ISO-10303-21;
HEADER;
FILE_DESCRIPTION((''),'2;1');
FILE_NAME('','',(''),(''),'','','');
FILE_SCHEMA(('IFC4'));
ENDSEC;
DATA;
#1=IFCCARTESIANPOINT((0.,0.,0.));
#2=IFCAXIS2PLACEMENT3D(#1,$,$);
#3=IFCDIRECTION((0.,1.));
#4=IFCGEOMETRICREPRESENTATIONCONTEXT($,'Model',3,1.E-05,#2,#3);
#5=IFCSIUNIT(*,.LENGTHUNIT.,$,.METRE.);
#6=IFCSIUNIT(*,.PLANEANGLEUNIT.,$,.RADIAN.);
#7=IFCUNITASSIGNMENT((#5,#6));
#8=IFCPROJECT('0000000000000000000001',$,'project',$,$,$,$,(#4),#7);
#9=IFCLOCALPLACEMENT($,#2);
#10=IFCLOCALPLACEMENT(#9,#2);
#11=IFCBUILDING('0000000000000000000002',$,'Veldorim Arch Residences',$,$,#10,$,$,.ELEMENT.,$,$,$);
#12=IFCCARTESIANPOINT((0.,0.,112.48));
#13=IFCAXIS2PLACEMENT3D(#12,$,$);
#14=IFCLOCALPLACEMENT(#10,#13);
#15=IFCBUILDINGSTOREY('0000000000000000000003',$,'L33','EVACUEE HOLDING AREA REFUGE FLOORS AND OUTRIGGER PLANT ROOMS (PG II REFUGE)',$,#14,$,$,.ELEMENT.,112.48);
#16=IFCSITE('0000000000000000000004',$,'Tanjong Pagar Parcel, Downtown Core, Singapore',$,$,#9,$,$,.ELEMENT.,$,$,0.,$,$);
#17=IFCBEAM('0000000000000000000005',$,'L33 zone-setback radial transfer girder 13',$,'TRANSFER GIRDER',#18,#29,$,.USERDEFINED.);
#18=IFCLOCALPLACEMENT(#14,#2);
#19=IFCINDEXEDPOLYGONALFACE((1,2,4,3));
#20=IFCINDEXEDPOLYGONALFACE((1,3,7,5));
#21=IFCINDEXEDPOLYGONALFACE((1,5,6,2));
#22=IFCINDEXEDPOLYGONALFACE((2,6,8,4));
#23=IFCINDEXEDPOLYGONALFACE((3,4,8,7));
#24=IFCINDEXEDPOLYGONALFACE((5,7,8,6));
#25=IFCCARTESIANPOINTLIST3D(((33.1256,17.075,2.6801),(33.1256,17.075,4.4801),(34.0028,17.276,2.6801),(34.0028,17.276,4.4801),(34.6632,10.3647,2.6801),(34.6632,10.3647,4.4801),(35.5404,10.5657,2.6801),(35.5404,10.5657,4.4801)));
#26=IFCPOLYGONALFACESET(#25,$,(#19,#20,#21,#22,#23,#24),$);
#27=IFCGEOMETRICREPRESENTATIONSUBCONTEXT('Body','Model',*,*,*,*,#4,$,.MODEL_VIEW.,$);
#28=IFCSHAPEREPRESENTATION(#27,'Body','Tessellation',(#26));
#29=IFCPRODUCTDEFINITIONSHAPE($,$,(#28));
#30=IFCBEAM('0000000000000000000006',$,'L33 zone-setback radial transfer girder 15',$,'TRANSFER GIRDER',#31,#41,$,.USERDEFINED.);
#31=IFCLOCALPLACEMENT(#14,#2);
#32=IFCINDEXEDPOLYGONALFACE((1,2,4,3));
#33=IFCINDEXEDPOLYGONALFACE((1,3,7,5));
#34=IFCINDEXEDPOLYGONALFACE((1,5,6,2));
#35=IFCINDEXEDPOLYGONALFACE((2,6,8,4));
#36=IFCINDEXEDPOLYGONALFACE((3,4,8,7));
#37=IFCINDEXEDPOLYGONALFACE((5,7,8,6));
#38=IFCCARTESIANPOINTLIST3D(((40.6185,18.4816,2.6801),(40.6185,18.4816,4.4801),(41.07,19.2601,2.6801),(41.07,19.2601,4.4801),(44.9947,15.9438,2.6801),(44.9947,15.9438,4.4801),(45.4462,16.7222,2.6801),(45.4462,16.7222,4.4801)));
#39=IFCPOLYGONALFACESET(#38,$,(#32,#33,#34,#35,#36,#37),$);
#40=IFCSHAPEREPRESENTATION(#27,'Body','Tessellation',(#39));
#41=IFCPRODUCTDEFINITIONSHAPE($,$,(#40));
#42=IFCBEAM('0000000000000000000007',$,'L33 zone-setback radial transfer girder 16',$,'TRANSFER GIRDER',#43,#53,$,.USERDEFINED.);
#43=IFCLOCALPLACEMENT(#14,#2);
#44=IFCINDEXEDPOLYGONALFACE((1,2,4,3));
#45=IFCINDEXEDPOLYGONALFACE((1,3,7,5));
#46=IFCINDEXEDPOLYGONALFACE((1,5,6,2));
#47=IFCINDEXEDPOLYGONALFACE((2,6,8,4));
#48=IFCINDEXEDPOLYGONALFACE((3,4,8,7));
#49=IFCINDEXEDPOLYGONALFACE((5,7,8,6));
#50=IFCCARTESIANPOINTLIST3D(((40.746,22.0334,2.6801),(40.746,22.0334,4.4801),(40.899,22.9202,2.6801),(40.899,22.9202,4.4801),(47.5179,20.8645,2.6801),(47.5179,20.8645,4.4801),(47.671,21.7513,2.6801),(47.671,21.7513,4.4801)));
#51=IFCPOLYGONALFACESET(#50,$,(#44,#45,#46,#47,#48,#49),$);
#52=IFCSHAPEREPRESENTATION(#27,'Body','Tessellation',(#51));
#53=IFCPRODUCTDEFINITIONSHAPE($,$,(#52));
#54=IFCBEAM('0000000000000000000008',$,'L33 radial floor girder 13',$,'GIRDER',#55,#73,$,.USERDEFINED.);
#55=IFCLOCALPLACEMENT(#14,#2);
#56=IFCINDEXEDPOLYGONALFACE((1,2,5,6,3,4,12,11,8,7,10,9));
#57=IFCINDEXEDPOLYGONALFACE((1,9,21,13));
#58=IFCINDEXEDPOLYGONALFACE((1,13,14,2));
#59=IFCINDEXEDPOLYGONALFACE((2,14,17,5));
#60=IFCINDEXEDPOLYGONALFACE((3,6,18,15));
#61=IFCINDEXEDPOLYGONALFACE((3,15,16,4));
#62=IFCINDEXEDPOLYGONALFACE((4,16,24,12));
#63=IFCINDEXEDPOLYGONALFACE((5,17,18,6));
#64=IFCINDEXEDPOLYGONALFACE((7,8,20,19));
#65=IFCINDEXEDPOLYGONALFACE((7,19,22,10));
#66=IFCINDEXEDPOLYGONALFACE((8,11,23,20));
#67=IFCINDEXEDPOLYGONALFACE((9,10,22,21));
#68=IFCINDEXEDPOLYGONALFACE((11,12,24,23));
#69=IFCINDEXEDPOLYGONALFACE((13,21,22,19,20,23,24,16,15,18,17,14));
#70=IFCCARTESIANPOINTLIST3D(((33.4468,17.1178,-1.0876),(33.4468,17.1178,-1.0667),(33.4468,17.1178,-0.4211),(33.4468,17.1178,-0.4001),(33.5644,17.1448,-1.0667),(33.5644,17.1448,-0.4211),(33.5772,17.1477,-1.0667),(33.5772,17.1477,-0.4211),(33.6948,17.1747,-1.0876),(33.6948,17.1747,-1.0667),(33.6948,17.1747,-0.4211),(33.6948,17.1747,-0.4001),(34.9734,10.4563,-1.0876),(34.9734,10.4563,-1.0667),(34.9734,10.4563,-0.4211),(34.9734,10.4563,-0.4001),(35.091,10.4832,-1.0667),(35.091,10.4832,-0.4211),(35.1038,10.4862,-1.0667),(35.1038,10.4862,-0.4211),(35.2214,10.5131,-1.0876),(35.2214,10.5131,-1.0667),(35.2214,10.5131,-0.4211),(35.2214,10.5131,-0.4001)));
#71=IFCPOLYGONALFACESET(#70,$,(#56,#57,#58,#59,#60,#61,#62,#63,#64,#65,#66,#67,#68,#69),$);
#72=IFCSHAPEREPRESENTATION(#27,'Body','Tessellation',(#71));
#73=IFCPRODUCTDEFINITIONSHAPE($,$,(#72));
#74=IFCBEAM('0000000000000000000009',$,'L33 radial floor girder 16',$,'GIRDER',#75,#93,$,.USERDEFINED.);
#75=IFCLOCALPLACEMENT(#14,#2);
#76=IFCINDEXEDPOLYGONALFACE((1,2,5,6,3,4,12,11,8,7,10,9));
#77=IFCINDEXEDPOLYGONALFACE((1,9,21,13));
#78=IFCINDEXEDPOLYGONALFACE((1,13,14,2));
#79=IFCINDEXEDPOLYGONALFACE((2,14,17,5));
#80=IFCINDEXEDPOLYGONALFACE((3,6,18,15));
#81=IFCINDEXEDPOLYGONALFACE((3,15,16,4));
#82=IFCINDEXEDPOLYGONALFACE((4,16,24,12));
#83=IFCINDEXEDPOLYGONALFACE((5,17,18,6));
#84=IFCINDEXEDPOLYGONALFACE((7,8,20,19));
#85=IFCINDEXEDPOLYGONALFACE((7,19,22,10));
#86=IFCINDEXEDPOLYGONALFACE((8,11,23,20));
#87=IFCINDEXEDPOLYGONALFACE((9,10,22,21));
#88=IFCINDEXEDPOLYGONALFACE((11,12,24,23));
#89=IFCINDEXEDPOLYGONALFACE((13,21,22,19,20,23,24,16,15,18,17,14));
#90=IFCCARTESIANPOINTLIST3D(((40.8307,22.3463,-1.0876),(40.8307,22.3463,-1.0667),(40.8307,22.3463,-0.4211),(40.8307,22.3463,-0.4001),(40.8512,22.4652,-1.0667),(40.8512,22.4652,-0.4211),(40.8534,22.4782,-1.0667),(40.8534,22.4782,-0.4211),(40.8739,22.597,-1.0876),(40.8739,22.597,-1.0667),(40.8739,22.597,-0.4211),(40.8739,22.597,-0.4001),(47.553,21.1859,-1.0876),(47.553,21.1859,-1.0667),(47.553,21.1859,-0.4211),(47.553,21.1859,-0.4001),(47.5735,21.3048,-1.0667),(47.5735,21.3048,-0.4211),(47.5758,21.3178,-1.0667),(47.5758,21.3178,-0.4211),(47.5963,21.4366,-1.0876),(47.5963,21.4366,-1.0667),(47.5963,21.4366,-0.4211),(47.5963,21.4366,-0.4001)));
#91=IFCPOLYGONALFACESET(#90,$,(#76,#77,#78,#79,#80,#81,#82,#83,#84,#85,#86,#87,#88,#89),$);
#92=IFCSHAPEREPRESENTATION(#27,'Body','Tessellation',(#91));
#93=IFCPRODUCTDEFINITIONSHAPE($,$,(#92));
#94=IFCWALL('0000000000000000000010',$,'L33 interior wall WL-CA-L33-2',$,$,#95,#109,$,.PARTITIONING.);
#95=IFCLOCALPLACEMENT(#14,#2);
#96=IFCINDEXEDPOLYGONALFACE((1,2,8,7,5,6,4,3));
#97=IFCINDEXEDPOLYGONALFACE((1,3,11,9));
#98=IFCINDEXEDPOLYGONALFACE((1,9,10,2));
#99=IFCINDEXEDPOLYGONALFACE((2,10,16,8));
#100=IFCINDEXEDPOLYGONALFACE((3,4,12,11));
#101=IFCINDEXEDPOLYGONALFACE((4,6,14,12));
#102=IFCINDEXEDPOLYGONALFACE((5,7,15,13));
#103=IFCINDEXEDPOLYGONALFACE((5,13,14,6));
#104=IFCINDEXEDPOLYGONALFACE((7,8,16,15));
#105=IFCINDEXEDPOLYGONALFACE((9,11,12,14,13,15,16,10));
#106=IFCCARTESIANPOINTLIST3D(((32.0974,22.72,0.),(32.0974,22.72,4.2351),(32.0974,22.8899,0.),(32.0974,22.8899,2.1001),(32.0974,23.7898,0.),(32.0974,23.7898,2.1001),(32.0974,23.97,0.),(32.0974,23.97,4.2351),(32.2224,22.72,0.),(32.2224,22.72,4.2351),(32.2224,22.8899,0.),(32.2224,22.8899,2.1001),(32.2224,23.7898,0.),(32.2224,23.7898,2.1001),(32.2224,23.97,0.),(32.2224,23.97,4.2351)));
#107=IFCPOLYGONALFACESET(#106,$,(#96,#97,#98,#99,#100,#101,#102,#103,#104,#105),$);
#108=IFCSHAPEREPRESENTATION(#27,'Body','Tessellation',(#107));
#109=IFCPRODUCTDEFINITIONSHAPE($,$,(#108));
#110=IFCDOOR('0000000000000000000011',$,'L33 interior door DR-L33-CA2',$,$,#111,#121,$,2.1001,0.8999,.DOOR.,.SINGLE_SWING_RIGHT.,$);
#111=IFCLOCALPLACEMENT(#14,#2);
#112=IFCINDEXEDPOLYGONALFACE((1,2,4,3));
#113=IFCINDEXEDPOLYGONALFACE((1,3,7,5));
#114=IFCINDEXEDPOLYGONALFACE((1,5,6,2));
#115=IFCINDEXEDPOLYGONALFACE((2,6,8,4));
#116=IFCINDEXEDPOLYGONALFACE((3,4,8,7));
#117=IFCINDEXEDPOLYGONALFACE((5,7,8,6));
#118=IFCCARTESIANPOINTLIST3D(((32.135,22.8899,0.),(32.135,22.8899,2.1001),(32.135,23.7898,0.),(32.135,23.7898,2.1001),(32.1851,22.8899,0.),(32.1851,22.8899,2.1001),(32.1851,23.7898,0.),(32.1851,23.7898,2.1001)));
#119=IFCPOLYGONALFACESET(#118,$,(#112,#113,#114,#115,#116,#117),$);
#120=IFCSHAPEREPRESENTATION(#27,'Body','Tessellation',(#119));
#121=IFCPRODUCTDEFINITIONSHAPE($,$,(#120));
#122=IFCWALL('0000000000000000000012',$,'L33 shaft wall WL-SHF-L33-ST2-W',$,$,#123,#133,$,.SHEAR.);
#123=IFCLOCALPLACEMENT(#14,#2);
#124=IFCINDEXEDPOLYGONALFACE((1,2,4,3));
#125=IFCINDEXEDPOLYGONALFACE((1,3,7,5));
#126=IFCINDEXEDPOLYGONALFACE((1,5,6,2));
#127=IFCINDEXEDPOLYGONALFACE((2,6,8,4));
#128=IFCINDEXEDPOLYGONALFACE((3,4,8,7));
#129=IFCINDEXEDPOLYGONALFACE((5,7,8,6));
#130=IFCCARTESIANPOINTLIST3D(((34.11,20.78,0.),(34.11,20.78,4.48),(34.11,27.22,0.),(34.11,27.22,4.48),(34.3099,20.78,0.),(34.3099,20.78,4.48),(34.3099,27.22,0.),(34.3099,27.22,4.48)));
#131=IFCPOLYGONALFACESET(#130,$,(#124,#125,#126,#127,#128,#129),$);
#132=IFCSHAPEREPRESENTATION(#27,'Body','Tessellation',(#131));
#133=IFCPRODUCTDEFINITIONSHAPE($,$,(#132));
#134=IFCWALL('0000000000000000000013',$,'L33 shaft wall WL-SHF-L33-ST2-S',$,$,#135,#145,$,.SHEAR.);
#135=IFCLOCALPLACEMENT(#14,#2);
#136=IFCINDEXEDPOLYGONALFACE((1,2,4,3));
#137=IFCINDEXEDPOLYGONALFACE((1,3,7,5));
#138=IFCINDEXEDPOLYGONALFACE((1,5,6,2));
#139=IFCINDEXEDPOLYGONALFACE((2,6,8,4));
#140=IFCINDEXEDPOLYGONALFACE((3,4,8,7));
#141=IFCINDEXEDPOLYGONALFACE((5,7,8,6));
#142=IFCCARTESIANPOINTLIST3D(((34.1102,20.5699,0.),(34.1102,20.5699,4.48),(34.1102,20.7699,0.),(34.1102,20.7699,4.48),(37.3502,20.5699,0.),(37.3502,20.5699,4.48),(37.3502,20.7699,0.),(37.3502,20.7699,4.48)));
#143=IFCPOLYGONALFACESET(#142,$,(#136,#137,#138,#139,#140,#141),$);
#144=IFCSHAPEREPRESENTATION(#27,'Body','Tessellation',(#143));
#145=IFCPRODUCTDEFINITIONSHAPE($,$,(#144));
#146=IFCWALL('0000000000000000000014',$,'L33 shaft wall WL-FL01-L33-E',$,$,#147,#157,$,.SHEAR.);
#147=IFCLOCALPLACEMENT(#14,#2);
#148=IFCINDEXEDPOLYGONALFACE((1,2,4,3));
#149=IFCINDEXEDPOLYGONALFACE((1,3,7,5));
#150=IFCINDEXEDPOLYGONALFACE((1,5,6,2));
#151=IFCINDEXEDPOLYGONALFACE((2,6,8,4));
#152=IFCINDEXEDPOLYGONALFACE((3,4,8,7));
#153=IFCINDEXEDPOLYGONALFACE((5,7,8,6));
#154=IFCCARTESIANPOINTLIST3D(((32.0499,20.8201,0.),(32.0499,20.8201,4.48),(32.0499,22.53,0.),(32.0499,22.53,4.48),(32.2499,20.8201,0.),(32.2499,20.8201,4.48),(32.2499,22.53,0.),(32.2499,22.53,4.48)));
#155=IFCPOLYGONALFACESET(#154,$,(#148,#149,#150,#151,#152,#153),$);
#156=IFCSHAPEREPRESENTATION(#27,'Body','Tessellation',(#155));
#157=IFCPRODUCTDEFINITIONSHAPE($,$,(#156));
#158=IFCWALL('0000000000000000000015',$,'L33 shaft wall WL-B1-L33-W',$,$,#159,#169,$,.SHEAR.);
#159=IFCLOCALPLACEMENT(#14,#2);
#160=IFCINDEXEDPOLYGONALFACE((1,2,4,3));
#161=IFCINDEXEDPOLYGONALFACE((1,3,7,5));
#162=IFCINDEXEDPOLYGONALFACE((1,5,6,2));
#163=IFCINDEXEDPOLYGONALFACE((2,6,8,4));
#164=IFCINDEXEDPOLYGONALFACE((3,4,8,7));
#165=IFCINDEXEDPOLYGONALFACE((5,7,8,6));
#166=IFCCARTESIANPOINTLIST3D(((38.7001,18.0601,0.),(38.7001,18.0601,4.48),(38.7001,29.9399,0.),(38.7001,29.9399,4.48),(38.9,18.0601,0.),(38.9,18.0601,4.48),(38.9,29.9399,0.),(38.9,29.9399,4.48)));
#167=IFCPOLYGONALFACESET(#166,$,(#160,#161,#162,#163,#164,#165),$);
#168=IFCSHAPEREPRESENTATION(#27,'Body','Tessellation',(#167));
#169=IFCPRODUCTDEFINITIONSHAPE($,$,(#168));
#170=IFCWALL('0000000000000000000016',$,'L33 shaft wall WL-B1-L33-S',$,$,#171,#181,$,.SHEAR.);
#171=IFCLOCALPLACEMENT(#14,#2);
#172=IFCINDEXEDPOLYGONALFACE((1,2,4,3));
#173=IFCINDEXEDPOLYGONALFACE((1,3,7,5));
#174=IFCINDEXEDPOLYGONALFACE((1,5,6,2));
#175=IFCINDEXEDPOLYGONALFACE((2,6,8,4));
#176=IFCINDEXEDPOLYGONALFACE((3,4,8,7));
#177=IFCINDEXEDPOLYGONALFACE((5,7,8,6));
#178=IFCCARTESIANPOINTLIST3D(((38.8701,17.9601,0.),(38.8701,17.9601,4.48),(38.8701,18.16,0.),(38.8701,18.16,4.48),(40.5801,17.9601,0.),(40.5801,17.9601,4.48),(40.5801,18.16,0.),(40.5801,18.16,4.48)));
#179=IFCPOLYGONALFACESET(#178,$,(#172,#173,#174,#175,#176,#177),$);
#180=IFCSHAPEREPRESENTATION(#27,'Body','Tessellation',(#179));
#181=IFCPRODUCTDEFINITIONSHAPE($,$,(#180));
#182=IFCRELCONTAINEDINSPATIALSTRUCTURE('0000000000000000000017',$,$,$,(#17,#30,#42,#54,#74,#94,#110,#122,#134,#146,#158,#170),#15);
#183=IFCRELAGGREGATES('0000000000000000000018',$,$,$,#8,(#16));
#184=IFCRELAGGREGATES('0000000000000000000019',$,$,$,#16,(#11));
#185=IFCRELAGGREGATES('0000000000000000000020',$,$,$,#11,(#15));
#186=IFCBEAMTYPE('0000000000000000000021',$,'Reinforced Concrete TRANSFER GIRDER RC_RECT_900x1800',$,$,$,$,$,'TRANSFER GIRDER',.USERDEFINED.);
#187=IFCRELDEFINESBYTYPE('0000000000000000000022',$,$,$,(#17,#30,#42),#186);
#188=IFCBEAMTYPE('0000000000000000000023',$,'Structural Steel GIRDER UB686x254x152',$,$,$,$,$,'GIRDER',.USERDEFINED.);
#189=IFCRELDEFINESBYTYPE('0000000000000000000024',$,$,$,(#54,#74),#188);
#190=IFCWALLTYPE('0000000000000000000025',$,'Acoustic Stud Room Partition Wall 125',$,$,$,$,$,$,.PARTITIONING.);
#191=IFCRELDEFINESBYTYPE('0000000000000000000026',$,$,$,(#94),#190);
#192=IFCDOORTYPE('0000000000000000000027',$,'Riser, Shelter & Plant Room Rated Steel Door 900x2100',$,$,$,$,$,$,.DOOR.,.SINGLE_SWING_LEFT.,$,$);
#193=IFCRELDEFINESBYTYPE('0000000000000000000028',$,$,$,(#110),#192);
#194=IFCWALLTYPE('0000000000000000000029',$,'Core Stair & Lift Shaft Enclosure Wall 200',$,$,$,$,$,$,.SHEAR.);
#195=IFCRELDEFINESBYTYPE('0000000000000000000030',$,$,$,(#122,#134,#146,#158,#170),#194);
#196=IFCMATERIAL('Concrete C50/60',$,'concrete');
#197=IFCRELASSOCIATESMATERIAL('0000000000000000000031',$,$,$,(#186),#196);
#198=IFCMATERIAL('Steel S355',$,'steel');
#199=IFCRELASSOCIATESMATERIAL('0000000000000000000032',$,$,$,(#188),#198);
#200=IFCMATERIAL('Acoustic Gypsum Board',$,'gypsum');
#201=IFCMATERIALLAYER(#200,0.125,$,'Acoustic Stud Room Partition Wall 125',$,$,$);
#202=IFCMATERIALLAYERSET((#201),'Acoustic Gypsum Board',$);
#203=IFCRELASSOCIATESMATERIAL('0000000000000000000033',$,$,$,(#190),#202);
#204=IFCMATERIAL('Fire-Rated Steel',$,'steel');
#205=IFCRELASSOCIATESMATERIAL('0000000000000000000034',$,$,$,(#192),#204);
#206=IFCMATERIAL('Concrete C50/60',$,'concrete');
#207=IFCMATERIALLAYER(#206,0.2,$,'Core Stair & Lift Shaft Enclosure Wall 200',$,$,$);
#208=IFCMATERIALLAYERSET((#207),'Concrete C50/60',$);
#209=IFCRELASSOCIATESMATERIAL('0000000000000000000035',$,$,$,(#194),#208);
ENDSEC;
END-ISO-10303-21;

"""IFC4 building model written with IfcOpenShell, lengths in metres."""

from ifc_helpers import new_model, si_unit, direction, frame, frame_2d, origin, origin_2d, place, context, subcontext, project, spatial, rectangle, i_section, extrude, material, layer, layer_set, material_profile, profile_set, type_object, element, fill, save


model = new_model("IFC4")

# Units and contexts
model_context = context("Model", 3, precision=1e-05, world=origin(), true_north=direction((0.0, 1.0)))
body_context = subcontext(model_context, "Body", "Model", "MODEL_VIEW")
ifc_project = project(units=[si_unit("LENGTHUNIT", "METRE"), si_unit("PLANEANGLEUNIT", "RADIAN")], contexts=[model_context])

# Site, building, storey
site_placement = place(None, origin())
site = spatial("IfcSite", under=ifc_project, at=site_placement, Name="Tanjong Pagar Parcel, Downtown Core, Singapore", CompositionType="ELEMENT", RefElevation=0.0)
building_placement = place(site_placement, origin())
building = spatial("IfcBuilding", under=site, at=building_placement, Name="Veldorim Arch Residences", CompositionType="ELEMENT")
storey_placement = place(building_placement, frame((0.0, 0.0, 112.48)))
storey = spatial("IfcBuildingStorey", under=building, at=storey_placement, Name="L33", Description="EVACUEE HOLDING AREA REFUGE FLOORS AND OUTRIGGER PLANT ROOMS (PG II REFUGE)", CompositionType="ELEMENT", Elevation=112.48)

# Beams
ifc_material_1 = material(Name="Concrete C50/60", Category="concrete")
ifc_material_profile_1 = material_profile(ifc_material_1, rectangle(XDim=0.8999, YDim=1.8, at=origin_2d()), Name="RC_RECT_900x1800")
ifc_profile_set_1 = profile_set([ifc_material_profile_1], Name="Concrete C50/60")
beam_type_1 = type_object("IfcBeamType", Name="Reinforced Concrete TRANSFER GIRDER RC_RECT_900x1800", ElementType="TRANSFER GIRDER", PredefinedType="USERDEFINED", material=ifc_profile_set_1)
beam_1_placement = place(storey_placement, frame((33.5642, 17.1755, 3.5801), z_axis=(0.223347, -0.974739, 0.0), x_axis=(0.974739, 0.223347, 0.0)))
element("IfcBeam", 1, at=beam_1_placement, inside=storey, type_object=beam_type_1, Name="L33 zone-setback radial transfer girder 13", ObjectType="TRANSFER GIRDER", PredefinedType="USERDEFINED", context=body_context, shape_type="SweptSolid", body=[
    extrude(rectangle(XDim=0.8999, YDim=1.8, at=origin_2d()), origin(), (0.0, 0.0, 1.0), 6.8843),
])
beam_2_placement = place(storey_placement, frame((40.8442, 18.8708, 3.5801), z_axis=(0.865063, -0.501664, 0.0), x_axis=(0.501664, 0.865063, 0.0)))
element("IfcBeam", 2, at=beam_2_placement, inside=storey, type_object=beam_type_1, Name="L33 zone-setback radial transfer girder 15", ObjectType="TRANSFER GIRDER", PredefinedType="USERDEFINED", context=body_context, shape_type="SweptSolid", body=[
    extrude(rectangle(XDim=0.8999, YDim=1.8, at=origin_2d()), origin(), (0.0, 0.0, 1.0), 5.0588),
])
beam_3_placement = place(storey_placement, frame((40.8225, 22.4768, 3.5801), z_axis=(0.985427, -0.1701, 0.0), x_axis=(0.1701, 0.985427, 0.0)))
element("IfcBeam", 3, at=beam_3_placement, inside=storey, type_object=beam_type_1, Name="L33 zone-setback radial transfer girder 16", ObjectType="TRANSFER GIRDER", PredefinedType="USERDEFINED", context=body_context, shape_type="SweptSolid", body=[
    extrude(rectangle(XDim=0.8999, YDim=1.8, at=origin_2d()), origin(), (0.0, 0.0, 1.0), 6.8721),
])
ifc_material_2 = material(Name="Steel S355", Category="steel")
ifc_material_profile_2 = material_profile(ifc_material_2, i_section(OverallWidth=0.2544, OverallDepth=0.6875, WebThickness=0.0132, FlangeThickness=0.021, at=origin_2d()), Name="UB686x254x152")
ifc_profile_set_2 = profile_set([ifc_material_profile_2], Name="Steel S355")
beam_type_2 = type_object("IfcBeamType", Name="Structural Steel GIRDER UB686x254x152", ElementType="GIRDER", PredefinedType="USERDEFINED", material=ifc_profile_set_2)
beam_4_placement = place(storey_placement, frame((33.5708, 17.1462, -0.7439), z_axis=(0.223375, -0.974733, 0.0), x_axis=(0.974733, 0.223375, 0.0)))
element("IfcBeam", 4, at=beam_4_placement, inside=storey, type_object=beam_type_2, Name="L33 radial floor girder 13", ObjectType="GIRDER", PredefinedType="USERDEFINED", context=body_context, shape_type="SweptSolid", body=[
    extrude(i_section(OverallWidth=0.2544, OverallDepth=0.6875, WebThickness=0.0132, FlangeThickness=0.021, at=origin_2d()), origin(), (0.0, 0.0, 1.0), 6.8342),
])
beam_5_placement = place(storey_placement, frame((40.8523, 22.4717, -0.7439), z_axis=(0.985427, -0.170101, 0.0), x_axis=(0.170101, 0.985427, 0.0)))
element("IfcBeam", 5, at=beam_5_placement, inside=storey, type_object=beam_type_2, Name="L33 radial floor girder 16", ObjectType="GIRDER", PredefinedType="USERDEFINED", context=body_context, shape_type="SweptSolid", body=[
    extrude(i_section(OverallWidth=0.2544, OverallDepth=0.6875, WebThickness=0.0132, FlangeThickness=0.021, at=origin_2d()), origin(), (0.0, 0.0, 1.0), 6.8218),
])

# Wall, opening, door
ifc_material_3 = material(Name="Acoustic Gypsum Board", Category="gypsum")
ifc_layer_1 = layer(ifc_material_3, 0.125, Name="Acoustic Stud Room Partition Wall 125")
ifc_layer_set_1 = layer_set([ifc_layer_1], Name="Acoustic Gypsum Board")
wall_type_1 = type_object("IfcWallType", Name="Acoustic Stud Room Partition Wall 125", PredefinedType="PARTITIONING", material=ifc_layer_set_1)
wall_1_placement = place(storey_placement, frame((32.1599, 22.72, 0.0), z_axis=(0.0, 0.0, 1.0), x_axis=(0.0, 1.0, 0.0)))
wall_1 = element("IfcWall", 6, at=wall_1_placement, inside=storey, type_object=wall_type_1, Name="L33 interior wall WL-CA-L33-2", PredefinedType="PARTITIONING", context=body_context, shape_type="SweptSolid", body=[
    extrude(rectangle(XDim=1.25, YDim=0.125, at=frame_2d((0.625, 0.0))), origin(), (0.0, 0.0, 1.0), 4.2351),
])
opening_placement = place(wall_1_placement, frame((0.1699, 0.0, 0.0)))
opening = element("IfcOpeningElement", 7, at=opening_placement, cuts=wall_1, PredefinedType="OPENING", context=body_context, shape_type="SweptSolid", body=[
    extrude(rectangle(XDim=0.8999, YDim=2.1001, at=frame_2d((0.45, 1.05))), frame((0.0, 0.0725, 0.0), z_axis=(0.0, -1.0, 0.0), x_axis=(1.0, 0.0, 0.0)), (0.0, 0.0, 1.0), 0.145),
])
ifc_material_4 = material(Name="Fire-Rated Steel", Category="steel")
door_type = type_object("IfcDoorType", Name="Riser, Shelter & Plant Room Rated Steel Door 900x2100", OperationType="SINGLE_SWING_LEFT", PredefinedType="DOOR", material=ifc_material_4)
door_placement = place(opening_placement, origin())
door = element("IfcDoor", 8, at=door_placement, inside=storey, type_object=door_type, Name="L33 interior door DR-L33-CA2", OperationType="SINGLE_SWING_RIGHT", OverallHeight=2.1001, OverallWidth=0.8999, PredefinedType="DOOR", context=body_context, shape_type="SweptSolid", body=[
    extrude(rectangle(XDim=0.8999, YDim=2.1001, at=frame_2d((0.45, 1.05))), frame((0.0, 0.0249, 0.0), z_axis=(0.0, -1.0, 0.0), x_axis=(1.0, 0.0, 0.0)), (0.0, 0.0, 1.0), 0.05),
])
fill(opening, door)

# Walls
ifc_material_5 = material(Name="Concrete C50/60", Category="concrete")
ifc_layer_2 = layer(ifc_material_5, 0.2, Name="Core Stair & Lift Shaft Enclosure Wall 200")
ifc_layer_set_2 = layer_set([ifc_layer_2], Name="Concrete C50/60")
wall_type_2 = type_object("IfcWallType", Name="Core Stair & Lift Shaft Enclosure Wall 200", PredefinedType="SHEAR", material=ifc_layer_set_2)
wall_2_placement = place(storey_placement, frame((34.21, 20.78, 0.0), z_axis=(0.0, 0.0, 1.0), x_axis=(0.0, 1.0, 0.0)))
element("IfcWall", 9, at=wall_2_placement, inside=storey, type_object=wall_type_2, Name="L33 shaft wall WL-SHF-L33-ST2-W", PredefinedType="SHEAR", context=body_context, shape_type="SweptSolid", body=[
    extrude(rectangle(XDim=6.4399, YDim=0.2, at=frame_2d((3.22, 0.0))), origin(), (0.0, 0.0, 1.0), 4.48),
])
wall_3_placement = place(storey_placement, frame((34.1101, 20.6699, 0.0), z_axis=(0.0, 0.0, 1.0), x_axis=(1.0, 0.0, 0.0)))
element("IfcWall", 10, at=wall_3_placement, inside=storey, type_object=wall_type_2, Name="L33 shaft wall WL-SHF-L33-ST2-S", PredefinedType="SHEAR", context=body_context, shape_type="SweptSolid", body=[
    extrude(rectangle(XDim=3.24, YDim=0.2, at=frame_2d((1.6201, 0.0))), origin(), (0.0, 0.0, 1.0), 4.48),
])
wall_4_placement = place(storey_placement, frame((32.1499, 20.8201, 0.0), z_axis=(0.0, 0.0, 1.0), x_axis=(0.0, 1.0, 0.0)))
element("IfcWall", 11, at=wall_4_placement, inside=storey, type_object=wall_type_2, Name="L33 shaft wall WL-FL01-L33-E", PredefinedType="SHEAR", context=body_context, shape_type="SweptSolid", body=[
    extrude(rectangle(XDim=1.71, YDim=0.2, at=frame_2d((0.855, 0.0))), origin(), (0.0, 0.0, 1.0), 4.48),
])
wall_5_placement = place(storey_placement, frame((38.8, 18.0601, 0.0), z_axis=(0.0, 0.0, 1.0), x_axis=(0.0, 1.0, 0.0)))
element("IfcWall", 12, at=wall_5_placement, inside=storey, type_object=wall_type_2, Name="L33 shaft wall WL-B1-L33-W", PredefinedType="SHEAR", context=body_context, shape_type="SweptSolid", body=[
    extrude(rectangle(XDim=11.8799, YDim=0.2, at=frame_2d((5.9399, 0.0))), origin(), (0.0, 0.0, 1.0), 4.48),
])
for number, where, z_axis, x_axis, name in (
    (13, (38.8701, 18.0601, 0.0), (0.0, 0.0, 1.0), (1.0, 0.0, 0.0), "L33 shaft wall WL-B1-L33-S"),
):
    element("IfcWall", number, at=place(storey_placement, frame(where, z_axis=z_axis, x_axis=x_axis)), inside=storey, type_object=wall_type_2, Name=name, PredefinedType="SHEAR", context=body_context, shape_type="SweptSolid", body=[
        extrude(rectangle(XDim=1.71, YDim=0.2, at=frame_2d((0.855, 0.0))), origin(), (0.0, 0.0, 1.0), 4.48),
    ])

save(model, "model.ifc")
